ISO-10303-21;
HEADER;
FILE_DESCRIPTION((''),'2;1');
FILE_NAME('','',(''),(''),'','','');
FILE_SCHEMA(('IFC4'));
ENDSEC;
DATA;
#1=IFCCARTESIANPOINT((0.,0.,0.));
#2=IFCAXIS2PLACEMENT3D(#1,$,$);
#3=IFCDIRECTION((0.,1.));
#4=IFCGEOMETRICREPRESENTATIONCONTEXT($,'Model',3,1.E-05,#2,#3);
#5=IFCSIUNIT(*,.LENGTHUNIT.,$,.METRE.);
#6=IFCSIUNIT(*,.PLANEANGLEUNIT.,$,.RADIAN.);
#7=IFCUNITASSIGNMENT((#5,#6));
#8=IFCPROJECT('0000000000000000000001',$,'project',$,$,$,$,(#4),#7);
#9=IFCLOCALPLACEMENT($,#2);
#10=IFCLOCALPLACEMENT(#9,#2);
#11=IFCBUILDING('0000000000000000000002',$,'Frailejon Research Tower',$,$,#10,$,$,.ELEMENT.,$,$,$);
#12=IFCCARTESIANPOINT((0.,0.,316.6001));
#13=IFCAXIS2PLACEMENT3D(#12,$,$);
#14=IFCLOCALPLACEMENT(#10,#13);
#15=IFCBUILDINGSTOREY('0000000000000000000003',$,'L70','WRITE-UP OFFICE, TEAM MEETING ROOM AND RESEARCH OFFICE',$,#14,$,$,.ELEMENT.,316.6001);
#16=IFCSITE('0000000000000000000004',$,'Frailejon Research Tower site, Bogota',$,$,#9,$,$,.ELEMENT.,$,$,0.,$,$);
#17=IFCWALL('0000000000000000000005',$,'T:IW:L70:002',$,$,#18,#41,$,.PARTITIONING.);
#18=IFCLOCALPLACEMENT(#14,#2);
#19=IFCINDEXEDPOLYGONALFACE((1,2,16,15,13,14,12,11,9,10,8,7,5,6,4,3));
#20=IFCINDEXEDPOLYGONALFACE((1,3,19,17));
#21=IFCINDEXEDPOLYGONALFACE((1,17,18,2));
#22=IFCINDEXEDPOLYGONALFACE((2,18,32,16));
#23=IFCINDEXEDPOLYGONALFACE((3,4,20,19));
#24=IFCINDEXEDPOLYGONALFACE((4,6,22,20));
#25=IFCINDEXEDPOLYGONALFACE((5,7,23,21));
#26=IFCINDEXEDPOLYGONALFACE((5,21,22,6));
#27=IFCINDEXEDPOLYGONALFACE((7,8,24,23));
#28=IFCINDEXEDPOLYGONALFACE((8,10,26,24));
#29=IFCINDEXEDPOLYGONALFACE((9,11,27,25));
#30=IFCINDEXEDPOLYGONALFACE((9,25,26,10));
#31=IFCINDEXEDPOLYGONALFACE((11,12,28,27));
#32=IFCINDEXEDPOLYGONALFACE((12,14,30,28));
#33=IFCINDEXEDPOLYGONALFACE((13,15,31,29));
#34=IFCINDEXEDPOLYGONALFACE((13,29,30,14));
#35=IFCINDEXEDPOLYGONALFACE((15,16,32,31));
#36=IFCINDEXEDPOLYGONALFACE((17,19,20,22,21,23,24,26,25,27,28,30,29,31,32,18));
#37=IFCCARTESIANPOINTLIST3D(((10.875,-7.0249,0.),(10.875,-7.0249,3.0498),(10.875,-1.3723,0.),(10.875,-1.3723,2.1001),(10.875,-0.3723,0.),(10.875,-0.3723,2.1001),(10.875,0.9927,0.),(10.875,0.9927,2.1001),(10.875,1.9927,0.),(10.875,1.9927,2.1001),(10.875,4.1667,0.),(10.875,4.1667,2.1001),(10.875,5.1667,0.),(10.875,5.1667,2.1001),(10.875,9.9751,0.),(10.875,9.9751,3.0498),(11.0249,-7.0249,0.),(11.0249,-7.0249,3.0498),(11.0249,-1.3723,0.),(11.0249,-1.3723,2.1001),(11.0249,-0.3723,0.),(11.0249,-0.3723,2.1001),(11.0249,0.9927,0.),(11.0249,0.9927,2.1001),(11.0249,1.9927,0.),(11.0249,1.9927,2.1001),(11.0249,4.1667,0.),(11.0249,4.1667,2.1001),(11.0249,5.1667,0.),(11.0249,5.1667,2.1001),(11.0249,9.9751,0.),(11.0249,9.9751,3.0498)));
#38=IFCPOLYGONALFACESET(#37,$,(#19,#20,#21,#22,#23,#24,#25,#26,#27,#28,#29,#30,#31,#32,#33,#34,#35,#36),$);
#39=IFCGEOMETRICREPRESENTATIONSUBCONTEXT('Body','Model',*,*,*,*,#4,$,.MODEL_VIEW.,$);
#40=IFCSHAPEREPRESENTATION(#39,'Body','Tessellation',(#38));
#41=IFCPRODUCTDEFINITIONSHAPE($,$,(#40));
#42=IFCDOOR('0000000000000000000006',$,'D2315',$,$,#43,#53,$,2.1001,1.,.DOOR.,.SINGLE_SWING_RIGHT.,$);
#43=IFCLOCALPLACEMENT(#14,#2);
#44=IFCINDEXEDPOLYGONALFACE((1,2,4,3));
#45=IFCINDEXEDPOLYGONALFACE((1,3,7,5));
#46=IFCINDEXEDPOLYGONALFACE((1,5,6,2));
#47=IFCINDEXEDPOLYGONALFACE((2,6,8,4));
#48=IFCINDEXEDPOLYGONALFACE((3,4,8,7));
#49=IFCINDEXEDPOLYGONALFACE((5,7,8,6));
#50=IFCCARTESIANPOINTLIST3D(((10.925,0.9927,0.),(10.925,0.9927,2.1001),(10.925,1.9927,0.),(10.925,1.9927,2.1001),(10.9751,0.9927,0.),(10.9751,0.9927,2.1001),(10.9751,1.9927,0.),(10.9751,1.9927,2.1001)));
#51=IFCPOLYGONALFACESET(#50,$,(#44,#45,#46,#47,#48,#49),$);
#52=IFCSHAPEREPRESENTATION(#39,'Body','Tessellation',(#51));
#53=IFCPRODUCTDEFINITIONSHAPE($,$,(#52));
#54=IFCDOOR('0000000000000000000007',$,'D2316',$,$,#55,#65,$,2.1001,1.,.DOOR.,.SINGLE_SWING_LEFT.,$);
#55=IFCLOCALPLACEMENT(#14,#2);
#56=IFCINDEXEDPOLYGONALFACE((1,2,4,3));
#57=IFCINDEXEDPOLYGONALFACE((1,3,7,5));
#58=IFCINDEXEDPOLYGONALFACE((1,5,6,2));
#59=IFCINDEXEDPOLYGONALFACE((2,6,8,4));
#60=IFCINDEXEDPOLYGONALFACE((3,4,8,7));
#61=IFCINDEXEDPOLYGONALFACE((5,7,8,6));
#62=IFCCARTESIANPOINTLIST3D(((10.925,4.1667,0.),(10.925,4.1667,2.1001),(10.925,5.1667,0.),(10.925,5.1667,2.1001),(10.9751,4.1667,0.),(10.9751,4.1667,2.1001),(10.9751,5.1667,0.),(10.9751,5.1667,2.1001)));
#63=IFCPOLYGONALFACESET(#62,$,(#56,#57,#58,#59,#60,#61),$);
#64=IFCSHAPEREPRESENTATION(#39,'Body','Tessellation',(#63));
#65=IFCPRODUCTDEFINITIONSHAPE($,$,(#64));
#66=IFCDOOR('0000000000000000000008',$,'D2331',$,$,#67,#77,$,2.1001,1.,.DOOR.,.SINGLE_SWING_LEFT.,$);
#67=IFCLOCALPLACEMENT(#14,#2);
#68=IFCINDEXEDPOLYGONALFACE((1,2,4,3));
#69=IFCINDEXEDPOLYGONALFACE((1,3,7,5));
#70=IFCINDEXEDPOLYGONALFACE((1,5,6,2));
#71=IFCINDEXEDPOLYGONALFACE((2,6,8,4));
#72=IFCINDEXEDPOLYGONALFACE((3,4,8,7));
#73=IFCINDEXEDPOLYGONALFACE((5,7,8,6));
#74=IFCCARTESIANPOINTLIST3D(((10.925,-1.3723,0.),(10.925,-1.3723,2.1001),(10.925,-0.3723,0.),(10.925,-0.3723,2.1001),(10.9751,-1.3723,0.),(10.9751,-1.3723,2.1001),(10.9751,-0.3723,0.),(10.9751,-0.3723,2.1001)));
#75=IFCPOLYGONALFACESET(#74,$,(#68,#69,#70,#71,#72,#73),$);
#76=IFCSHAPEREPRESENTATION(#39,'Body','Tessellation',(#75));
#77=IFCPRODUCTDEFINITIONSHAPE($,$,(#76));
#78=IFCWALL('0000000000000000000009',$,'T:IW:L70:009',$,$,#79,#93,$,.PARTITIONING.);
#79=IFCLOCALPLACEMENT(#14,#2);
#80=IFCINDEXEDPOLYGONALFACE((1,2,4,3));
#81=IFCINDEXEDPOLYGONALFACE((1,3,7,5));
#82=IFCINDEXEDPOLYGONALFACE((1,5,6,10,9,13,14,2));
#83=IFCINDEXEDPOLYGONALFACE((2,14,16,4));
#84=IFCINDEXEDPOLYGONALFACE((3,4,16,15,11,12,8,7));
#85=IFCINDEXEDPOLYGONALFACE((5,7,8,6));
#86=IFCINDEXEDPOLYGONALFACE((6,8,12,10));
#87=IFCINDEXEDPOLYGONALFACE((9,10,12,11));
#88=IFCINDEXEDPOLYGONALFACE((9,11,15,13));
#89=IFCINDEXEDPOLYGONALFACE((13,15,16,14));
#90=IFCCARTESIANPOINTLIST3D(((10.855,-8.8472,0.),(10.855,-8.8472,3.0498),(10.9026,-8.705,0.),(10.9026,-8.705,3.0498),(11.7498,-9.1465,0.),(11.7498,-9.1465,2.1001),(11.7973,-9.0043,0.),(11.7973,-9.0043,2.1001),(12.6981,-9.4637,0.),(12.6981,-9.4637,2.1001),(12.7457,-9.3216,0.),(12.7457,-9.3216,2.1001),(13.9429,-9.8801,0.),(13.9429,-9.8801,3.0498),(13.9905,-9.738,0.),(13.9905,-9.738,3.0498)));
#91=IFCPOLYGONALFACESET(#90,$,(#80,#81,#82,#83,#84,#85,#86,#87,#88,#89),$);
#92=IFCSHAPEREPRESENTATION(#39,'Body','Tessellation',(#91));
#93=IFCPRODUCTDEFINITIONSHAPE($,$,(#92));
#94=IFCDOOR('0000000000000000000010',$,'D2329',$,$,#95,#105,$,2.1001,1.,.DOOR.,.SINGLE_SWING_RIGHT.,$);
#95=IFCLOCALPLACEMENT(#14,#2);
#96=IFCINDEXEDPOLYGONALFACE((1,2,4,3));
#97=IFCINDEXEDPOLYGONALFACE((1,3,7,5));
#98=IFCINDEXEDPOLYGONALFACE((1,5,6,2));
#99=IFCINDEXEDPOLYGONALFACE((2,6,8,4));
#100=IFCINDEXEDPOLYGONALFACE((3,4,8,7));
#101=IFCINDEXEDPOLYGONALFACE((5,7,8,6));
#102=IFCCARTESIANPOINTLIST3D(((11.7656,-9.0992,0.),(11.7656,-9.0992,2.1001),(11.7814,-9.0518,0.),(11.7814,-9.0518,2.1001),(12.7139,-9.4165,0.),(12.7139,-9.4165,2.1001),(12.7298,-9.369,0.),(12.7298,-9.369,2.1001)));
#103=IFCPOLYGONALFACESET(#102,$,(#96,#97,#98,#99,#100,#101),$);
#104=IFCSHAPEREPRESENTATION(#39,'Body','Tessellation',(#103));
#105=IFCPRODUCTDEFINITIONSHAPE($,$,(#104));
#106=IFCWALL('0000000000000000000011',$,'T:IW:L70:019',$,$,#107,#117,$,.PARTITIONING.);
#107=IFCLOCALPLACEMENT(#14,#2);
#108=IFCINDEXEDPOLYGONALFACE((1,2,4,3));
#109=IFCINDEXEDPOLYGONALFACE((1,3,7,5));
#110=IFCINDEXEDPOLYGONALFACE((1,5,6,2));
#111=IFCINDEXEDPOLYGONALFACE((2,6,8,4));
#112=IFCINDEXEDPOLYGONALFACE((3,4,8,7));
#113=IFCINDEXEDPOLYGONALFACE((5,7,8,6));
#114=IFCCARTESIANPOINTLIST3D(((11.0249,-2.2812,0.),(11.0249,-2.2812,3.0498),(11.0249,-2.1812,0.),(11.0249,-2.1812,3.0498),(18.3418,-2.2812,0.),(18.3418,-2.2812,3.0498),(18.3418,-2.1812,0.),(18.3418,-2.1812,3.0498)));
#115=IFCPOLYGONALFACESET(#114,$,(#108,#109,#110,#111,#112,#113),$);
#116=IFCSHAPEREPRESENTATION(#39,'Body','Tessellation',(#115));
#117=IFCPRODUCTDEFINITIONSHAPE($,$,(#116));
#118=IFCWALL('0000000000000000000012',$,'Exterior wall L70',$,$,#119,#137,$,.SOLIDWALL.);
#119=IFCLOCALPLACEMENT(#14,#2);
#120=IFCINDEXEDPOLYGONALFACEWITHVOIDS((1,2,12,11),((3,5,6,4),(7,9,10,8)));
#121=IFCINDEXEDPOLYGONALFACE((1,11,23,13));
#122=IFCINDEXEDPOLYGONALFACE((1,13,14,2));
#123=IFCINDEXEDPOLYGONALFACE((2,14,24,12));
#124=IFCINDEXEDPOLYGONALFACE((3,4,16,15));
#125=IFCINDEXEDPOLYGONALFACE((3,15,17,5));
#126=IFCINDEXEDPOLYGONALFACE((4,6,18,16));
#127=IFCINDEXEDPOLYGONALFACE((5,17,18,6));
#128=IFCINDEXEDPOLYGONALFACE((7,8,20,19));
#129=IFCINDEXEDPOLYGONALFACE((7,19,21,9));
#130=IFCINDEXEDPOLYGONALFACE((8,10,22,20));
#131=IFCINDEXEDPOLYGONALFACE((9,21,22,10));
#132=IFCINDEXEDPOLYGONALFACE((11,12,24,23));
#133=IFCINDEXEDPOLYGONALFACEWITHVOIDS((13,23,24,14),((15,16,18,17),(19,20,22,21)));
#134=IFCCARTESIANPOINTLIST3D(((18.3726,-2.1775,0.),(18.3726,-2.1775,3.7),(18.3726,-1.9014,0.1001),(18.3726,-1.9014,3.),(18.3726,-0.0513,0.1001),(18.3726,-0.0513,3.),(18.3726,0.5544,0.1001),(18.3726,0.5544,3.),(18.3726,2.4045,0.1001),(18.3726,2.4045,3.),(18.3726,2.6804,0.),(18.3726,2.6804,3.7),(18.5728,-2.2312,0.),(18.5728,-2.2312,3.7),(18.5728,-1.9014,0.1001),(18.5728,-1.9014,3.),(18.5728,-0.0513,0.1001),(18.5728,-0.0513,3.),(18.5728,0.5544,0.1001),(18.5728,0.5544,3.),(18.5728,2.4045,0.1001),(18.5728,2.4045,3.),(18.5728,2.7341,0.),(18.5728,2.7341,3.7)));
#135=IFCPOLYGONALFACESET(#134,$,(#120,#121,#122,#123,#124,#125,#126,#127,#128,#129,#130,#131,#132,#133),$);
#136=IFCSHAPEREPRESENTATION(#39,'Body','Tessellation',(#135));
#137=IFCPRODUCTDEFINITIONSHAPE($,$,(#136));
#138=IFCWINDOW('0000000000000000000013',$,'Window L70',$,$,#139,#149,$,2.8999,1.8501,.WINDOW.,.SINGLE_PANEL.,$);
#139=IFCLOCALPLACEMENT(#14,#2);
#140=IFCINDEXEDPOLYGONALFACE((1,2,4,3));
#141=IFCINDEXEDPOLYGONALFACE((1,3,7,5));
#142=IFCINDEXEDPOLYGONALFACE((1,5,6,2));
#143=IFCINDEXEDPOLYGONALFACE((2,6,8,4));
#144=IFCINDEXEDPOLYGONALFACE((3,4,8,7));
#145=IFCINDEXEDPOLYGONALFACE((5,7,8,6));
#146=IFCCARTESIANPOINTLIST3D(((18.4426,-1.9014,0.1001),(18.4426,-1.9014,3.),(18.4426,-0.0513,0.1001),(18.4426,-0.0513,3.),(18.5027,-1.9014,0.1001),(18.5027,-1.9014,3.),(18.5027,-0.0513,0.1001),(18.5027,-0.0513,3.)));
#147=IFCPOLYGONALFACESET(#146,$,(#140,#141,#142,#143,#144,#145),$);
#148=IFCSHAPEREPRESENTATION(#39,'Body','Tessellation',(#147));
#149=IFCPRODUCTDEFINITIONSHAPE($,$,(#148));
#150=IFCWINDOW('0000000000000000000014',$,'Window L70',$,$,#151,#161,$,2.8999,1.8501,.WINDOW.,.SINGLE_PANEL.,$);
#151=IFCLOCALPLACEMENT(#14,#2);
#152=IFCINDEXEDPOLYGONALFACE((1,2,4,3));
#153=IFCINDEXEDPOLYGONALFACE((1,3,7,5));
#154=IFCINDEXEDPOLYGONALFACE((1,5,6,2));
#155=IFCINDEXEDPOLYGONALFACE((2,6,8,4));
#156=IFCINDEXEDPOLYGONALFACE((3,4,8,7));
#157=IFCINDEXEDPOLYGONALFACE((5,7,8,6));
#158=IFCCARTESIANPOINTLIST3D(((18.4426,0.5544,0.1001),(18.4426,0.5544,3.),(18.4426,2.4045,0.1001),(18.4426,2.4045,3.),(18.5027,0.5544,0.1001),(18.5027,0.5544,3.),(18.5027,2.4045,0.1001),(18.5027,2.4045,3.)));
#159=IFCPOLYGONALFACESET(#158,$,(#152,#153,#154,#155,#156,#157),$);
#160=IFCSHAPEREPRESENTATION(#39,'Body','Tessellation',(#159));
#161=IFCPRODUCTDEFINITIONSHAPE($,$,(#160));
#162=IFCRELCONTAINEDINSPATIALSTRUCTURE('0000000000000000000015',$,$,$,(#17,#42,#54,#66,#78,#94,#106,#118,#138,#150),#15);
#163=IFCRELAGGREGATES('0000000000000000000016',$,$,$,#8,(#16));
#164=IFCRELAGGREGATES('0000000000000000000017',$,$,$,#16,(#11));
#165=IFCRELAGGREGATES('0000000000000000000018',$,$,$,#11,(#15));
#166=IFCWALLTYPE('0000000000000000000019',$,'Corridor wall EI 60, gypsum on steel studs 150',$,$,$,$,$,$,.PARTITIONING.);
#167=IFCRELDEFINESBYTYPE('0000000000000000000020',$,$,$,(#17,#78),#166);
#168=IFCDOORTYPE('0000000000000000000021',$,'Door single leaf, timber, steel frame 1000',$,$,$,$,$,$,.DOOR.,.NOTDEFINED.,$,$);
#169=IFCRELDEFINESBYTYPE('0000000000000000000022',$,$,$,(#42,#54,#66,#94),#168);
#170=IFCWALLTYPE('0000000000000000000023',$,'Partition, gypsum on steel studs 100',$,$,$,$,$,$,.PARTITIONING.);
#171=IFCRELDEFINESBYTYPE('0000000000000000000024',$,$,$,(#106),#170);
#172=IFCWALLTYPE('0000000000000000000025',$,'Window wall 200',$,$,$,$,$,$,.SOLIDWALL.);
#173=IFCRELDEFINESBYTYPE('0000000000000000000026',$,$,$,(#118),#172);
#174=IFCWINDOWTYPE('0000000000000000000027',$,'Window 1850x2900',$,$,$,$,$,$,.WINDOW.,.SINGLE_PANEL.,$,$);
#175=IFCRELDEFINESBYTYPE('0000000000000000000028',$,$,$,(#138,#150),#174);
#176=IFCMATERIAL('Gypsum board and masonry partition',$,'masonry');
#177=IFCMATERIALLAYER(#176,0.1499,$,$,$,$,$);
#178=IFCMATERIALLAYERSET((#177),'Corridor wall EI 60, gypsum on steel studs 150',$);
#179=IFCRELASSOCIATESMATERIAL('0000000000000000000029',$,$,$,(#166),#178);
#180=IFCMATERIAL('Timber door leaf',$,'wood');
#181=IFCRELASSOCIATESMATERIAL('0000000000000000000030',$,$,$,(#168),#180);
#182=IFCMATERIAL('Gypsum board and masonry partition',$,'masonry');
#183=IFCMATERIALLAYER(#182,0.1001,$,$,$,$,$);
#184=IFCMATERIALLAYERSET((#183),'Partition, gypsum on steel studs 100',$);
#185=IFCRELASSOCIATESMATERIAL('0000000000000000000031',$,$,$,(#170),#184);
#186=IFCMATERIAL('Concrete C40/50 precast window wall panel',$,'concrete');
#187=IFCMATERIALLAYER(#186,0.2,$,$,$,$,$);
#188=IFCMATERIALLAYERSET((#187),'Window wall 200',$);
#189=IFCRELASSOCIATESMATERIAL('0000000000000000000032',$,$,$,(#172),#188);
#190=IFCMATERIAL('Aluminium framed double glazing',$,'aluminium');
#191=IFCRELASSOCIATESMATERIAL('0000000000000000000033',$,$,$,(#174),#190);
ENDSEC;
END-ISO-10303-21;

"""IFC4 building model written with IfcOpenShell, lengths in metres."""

from ifc_helpers import new_model, si_unit, direction, frame, frame_2d, origin, place, context, subcontext, project, spatial, polyline, rectangle, outline, extrude, material, layer, layer_set, type_object, element, fill, save


model = new_model("IFC4")

# Units and contexts
model_context = context("Model", 3, precision=1e-05, world=origin(), true_north=direction((0.0, 1.0)))
body_context = subcontext(model_context, "Body", "Model", "MODEL_VIEW")
ifc_project = project(units=[si_unit("LENGTHUNIT", "METRE"), si_unit("PLANEANGLEUNIT", "RADIAN")], contexts=[model_context])

# Site, building, storey
site_placement = place(None, origin())
site = spatial("IfcSite", under=ifc_project, at=site_placement, Name="Frailejon Research Tower site, Bogota", CompositionType="ELEMENT", RefElevation=0.0)
building_placement = place(site_placement, origin())
building = spatial("IfcBuilding", under=site, at=building_placement, Name="Frailejon Research Tower", CompositionType="ELEMENT")
storey_placement = place(building_placement, frame((0.0, 0.0, 316.6001)))
storey = spatial("IfcBuildingStorey", under=building, at=storey_placement, Name="L70", Description="WRITE-UP OFFICE, TEAM MEETING ROOM AND RESEARCH OFFICE", CompositionType="ELEMENT", Elevation=316.6001)

# Wall, openings, doors
ifc_material_1 = material(Name="Gypsum board and masonry partition", Category="masonry")
ifc_layer_1 = layer(ifc_material_1, 0.1499)
ifc_layer_set_1 = layer_set([ifc_layer_1], Name="Corridor wall EI 60, gypsum on steel studs 150")
wall_type_1 = type_object("IfcWallType", Name="Corridor wall EI 60, gypsum on steel studs 150", PredefinedType="PARTITIONING", material=ifc_layer_set_1)
wall_1_placement = place(storey_placement, frame((10.95, -7.0249, 0.0), z_axis=(0.0, 0.0, 1.0), x_axis=(0.0, 1.0, 0.0)))
wall_1 = element("IfcWall", 1, at=wall_1_placement, inside=storey, type_object=wall_type_1, Name="T:IW:L70:002", PredefinedType="PARTITIONING", context=body_context, shape_type="SweptSolid", body=[
    extrude(rectangle(XDim=17.0, YDim=0.1499, at=frame_2d((8.5, 0.0))), origin(), (0.0, 0.0, 1.0), 3.0498),
])
opening_1_placement = place(wall_1_placement, frame((8.0176, 0.0, 0.0)))
opening_1 = element("IfcOpeningElement", 2, at=opening_1_placement, cuts=wall_1, PredefinedType="OPENING", context=body_context, shape_type="SweptSolid", body=[
    extrude(rectangle(XDim=1.0, YDim=2.1001, at=frame_2d((0.5, 1.05))), frame((0.0, 0.085, 0.0), z_axis=(0.0, -1.0, 0.0), x_axis=(1.0, 0.0, 0.0)), (0.0, 0.0, 1.0), 0.1699),
])
opening_2_placement = place(wall_1_placement, frame((11.1917, 0.0, 0.0)))
opening_2 = element("IfcOpeningElement", 3, at=opening_2_placement, cuts=wall_1, PredefinedType="OPENING", context=body_context, shape_type="SweptSolid", body=[
    extrude(rectangle(XDim=1.0, YDim=2.1001, at=frame_2d((0.5, 1.05))), frame((0.0, 0.085, 0.0), z_axis=(0.0, -1.0, 0.0), x_axis=(1.0, 0.0, 0.0)), (0.0, 0.0, 1.0), 0.1699),
])
opening_3_placement = place(wall_1_placement, frame((5.6526, 0.0, 0.0)))
opening_3 = element("IfcOpeningElement", 4, at=opening_3_placement, cuts=wall_1, PredefinedType="OPENING", context=body_context, shape_type="SweptSolid", body=[
    extrude(rectangle(XDim=1.0, YDim=2.1001, at=frame_2d((0.5, 1.05))), frame((0.0, 0.085, 0.0), z_axis=(0.0, -1.0, 0.0), x_axis=(1.0, 0.0, 0.0)), (0.0, 0.0, 1.0), 0.1699),
])
ifc_material_2 = material(Name="Timber door leaf", Category="wood")
door_type = type_object("IfcDoorType", Name="Door single leaf, timber, steel frame 1000", OperationType="NOTDEFINED", PredefinedType="DOOR", material=ifc_material_2)
door_1_placement = place(opening_1_placement, origin())
door_1 = element("IfcDoor", 5, at=door_1_placement, inside=storey, type_object=door_type, Name="D2315", OperationType="SINGLE_SWING_RIGHT", OverallHeight=2.1001, OverallWidth=1.0, PredefinedType="DOOR", context=body_context, shape_type="SweptSolid", body=[
    extrude(rectangle(XDim=1.0, YDim=2.1001, at=frame_2d((0.5, 1.05))), frame((0.0, 0.0249, 0.0), z_axis=(0.0, -1.0, 0.0), x_axis=(1.0, 0.0, 0.0)), (0.0, 0.0, 1.0), 0.05),
])
fill(opening_1, door_1)
door_2_placement = place(opening_2_placement, origin())
door_2 = element("IfcDoor", 6, at=door_2_placement, inside=storey, type_object=door_type, Name="D2316", OperationType="SINGLE_SWING_LEFT", OverallHeight=2.1001, OverallWidth=1.0, PredefinedType="DOOR", context=body_context, shape_type="SweptSolid", body=[
    extrude(rectangle(XDim=1.0, YDim=2.1001, at=frame_2d((0.5, 1.05))), frame((0.0, 0.0249, 0.0), z_axis=(0.0, -1.0, 0.0), x_axis=(1.0, 0.0, 0.0)), (0.0, 0.0, 1.0), 0.05),
])
fill(opening_2, door_2)
door_3_placement = place(opening_3_placement, origin())
door_3 = element("IfcDoor", 7, at=door_3_placement, inside=storey, type_object=door_type, Name="D2331", OperationType="SINGLE_SWING_LEFT", OverallHeight=2.1001, OverallWidth=1.0, PredefinedType="DOOR", context=body_context, shape_type="SweptSolid", body=[
    extrude(rectangle(XDim=1.0, YDim=2.1001, at=frame_2d((0.5, 1.05))), frame((0.0, 0.0249, 0.0), z_axis=(0.0, -1.0, 0.0), x_axis=(1.0, 0.0, 0.0)), (0.0, 0.0, 1.0), 0.05),
])
fill(opening_3, door_3)

# Wall, opening, door
wall_2_placement = place(storey_placement, frame((10.8789, -8.7761, 0.0), z_axis=(0.0, 0.0, 1.0), x_axis=(0.948345, -0.31724, 0.0)))
wall_2 = element("IfcWall", 8, at=wall_2_placement, inside=storey, type_object=wall_type_1, Name="T:IW:L70:009", PredefinedType="PARTITIONING", context=body_context, shape_type="SweptSolid", body=[
    extrude(rectangle(XDim=3.2561, YDim=0.1499, at=frame_2d((1.6279, 0.0))), origin(), (0.0, 0.0, 1.0), 3.0498),
])
opening_4_placement = place(wall_2_placement, frame((0.9434, 0.0, 0.0)))
opening_4 = element("IfcOpeningElement", 9, at=opening_4_placement, cuts=wall_2, PredefinedType="OPENING", context=body_context, shape_type="SweptSolid", body=[
    extrude(rectangle(XDim=1.0, YDim=2.1001, at=frame_2d((0.5, 1.05))), frame((0.0, 0.085, 0.0), z_axis=(0.0, -1.0, 0.0), x_axis=(1.0, 0.0, 0.0)), (0.0, 0.0, 1.0), 0.1699),
])
door_4_placement = place(opening_4_placement, origin())
door_4 = element("IfcDoor", 10, at=door_4_placement, inside=storey, type_object=door_type, Name="D2329", OperationType="SINGLE_SWING_RIGHT", OverallHeight=2.1001, OverallWidth=1.0, PredefinedType="DOOR", context=body_context, shape_type="SweptSolid", body=[
    extrude(rectangle(XDim=1.0, YDim=2.1001, at=frame_2d((0.5, 1.05))), frame((0.0, 0.0249, 0.0), z_axis=(0.0, -1.0, 0.0), x_axis=(1.0, 0.0, 0.0)), (0.0, 0.0, 1.0), 0.05),
])
fill(opening_4, door_4)

# Wall
ifc_material_3 = material(Name="Gypsum board and masonry partition", Category="masonry")
ifc_layer_2 = layer(ifc_material_3, 0.1001)
ifc_layer_set_2 = layer_set([ifc_layer_2], Name="Partition, gypsum on steel studs 100")
wall_type_2 = type_object("IfcWallType", Name="Partition, gypsum on steel studs 100", PredefinedType="PARTITIONING", material=ifc_layer_set_2)
wall_3_placement = place(storey_placement, frame((11.0249, -2.2312, 0.0), z_axis=(0.0, 0.0, 1.0), x_axis=(1.0, 0.0, 0.0)))
element("IfcWall", 11, at=wall_3_placement, inside=storey, type_object=wall_type_2, Name="T:IW:L70:019", PredefinedType="PARTITIONING", context=body_context, shape_type="SweptSolid", body=[
    extrude(rectangle(XDim=7.3169, YDim=0.1001, at=frame_2d((3.6584, 0.0))), origin(), (0.0, 0.0, 1.0), 3.0498),
])

# Wall, openings, windows
ifc_material_4 = material(Name="Concrete C40/50 precast window wall panel", Category="concrete")
ifc_layer_3 = layer(ifc_material_4, 0.2)
ifc_layer_set_3 = layer_set([ifc_layer_3], Name="Window wall 200")
wall_type_3 = type_object("IfcWallType", Name="Window wall 200", PredefinedType="SOLIDWALL", material=ifc_layer_set_3)
wall_4_placement = place(storey_placement, frame((18.4727, -2.2043, 0.0), z_axis=(0.0, 0.0, 1.0), x_axis=(0.0, 1.0, 0.0)))
wall_4 = element("IfcWall", 12, at=wall_4_placement, inside=storey, type_object=wall_type_3, Name="Exterior wall L70", PredefinedType="SOLIDWALL", context=body_context, shape_type="SweptSolid", body=[
    extrude(outline(polyline([(-0.0269, -0.1001), (1.2144, -0.1001), (2.4558, -0.1001), (3.6973, -0.1001), (4.9385, -0.1001), (4.8848, 0.1001), (3.6704, 0.1001), (2.4558, 0.1001), (1.2412, 0.1001), (0.0269, 0.1001), (-0.0269, -0.1001)])), origin(), (0.0, 0.0, 1.0), 3.7),
])
opening_5_placement = place(wall_4_placement, frame((0.303, 0.0, 0.1001)))
opening_5 = element("IfcOpeningElement", 13, at=opening_5_placement, cuts=wall_4, PredefinedType="OPENING", context=body_context, shape_type="SweptSolid", body=[
    extrude(rectangle(XDim=1.8501, YDim=2.8999, at=frame_2d((0.925, 1.45))), frame((0.0, 0.1099, 0.0), z_axis=(0.0, -1.0, 0.0), x_axis=(1.0, 0.0, 0.0)), (0.0, 0.0, 1.0), 0.22),
])
opening_6_placement = place(wall_4_placement, frame((2.7588, 0.0, 0.1001)))
opening_6 = element("IfcOpeningElement", 14, at=opening_6_placement, cuts=wall_4, PredefinedType="OPENING", context=body_context, shape_type="SweptSolid", body=[
    extrude(rectangle(XDim=1.8501, YDim=2.8999, at=frame_2d((0.925, 1.45))), frame((0.0, 0.1099, 0.0), z_axis=(0.0, -1.0, 0.0), x_axis=(1.0, 0.0, 0.0)), (0.0, 0.0, 1.0), 0.22),
])
ifc_material_5 = material(Name="Aluminium framed double glazing", Category="aluminium")
window_type = type_object("IfcWindowType", Name="Window 1850x2900", PartitioningType="SINGLE_PANEL", PredefinedType="WINDOW", material=ifc_material_5)
window_1_placement = place(opening_5_placement, origin())
window_1 = element("IfcWindow", 15, at=window_1_placement, inside=storey, type_object=window_type, Name="Window L70", OverallHeight=2.8999, OverallWidth=1.8501, PartitioningType="SINGLE_PANEL", PredefinedType="WINDOW", context=body_context, shape_type="SweptSolid", body=[
    extrude(rectangle(XDim=1.8501, YDim=2.8999, at=frame_2d((0.925, 1.45))), frame((0.0, 0.03, 0.0), z_axis=(0.0, -1.0, 0.0), x_axis=(1.0, 0.0, 0.0)), (0.0, 0.0, 1.0), 0.0601),
])
fill(opening_5, window_1)
window_2_placement = place(opening_6_placement, origin())
window_2 = element("IfcWindow", 16, at=window_2_placement, inside=storey, type_object=window_type, Name="Window L70", OverallHeight=2.8999, OverallWidth=1.8501, PartitioningType="SINGLE_PANEL", PredefinedType="WINDOW", context=body_context, shape_type="SweptSolid", body=[
    extrude(rectangle(XDim=1.8501, YDim=2.8999, at=frame_2d((0.925, 1.45))), frame((0.0, 0.03, 0.0), z_axis=(0.0, -1.0, 0.0), x_axis=(1.0, 0.0, 0.0)), (0.0, 0.0, 1.0), 0.0601),
])
fill(opening_6, window_2)

save(model, "model.ifc")
